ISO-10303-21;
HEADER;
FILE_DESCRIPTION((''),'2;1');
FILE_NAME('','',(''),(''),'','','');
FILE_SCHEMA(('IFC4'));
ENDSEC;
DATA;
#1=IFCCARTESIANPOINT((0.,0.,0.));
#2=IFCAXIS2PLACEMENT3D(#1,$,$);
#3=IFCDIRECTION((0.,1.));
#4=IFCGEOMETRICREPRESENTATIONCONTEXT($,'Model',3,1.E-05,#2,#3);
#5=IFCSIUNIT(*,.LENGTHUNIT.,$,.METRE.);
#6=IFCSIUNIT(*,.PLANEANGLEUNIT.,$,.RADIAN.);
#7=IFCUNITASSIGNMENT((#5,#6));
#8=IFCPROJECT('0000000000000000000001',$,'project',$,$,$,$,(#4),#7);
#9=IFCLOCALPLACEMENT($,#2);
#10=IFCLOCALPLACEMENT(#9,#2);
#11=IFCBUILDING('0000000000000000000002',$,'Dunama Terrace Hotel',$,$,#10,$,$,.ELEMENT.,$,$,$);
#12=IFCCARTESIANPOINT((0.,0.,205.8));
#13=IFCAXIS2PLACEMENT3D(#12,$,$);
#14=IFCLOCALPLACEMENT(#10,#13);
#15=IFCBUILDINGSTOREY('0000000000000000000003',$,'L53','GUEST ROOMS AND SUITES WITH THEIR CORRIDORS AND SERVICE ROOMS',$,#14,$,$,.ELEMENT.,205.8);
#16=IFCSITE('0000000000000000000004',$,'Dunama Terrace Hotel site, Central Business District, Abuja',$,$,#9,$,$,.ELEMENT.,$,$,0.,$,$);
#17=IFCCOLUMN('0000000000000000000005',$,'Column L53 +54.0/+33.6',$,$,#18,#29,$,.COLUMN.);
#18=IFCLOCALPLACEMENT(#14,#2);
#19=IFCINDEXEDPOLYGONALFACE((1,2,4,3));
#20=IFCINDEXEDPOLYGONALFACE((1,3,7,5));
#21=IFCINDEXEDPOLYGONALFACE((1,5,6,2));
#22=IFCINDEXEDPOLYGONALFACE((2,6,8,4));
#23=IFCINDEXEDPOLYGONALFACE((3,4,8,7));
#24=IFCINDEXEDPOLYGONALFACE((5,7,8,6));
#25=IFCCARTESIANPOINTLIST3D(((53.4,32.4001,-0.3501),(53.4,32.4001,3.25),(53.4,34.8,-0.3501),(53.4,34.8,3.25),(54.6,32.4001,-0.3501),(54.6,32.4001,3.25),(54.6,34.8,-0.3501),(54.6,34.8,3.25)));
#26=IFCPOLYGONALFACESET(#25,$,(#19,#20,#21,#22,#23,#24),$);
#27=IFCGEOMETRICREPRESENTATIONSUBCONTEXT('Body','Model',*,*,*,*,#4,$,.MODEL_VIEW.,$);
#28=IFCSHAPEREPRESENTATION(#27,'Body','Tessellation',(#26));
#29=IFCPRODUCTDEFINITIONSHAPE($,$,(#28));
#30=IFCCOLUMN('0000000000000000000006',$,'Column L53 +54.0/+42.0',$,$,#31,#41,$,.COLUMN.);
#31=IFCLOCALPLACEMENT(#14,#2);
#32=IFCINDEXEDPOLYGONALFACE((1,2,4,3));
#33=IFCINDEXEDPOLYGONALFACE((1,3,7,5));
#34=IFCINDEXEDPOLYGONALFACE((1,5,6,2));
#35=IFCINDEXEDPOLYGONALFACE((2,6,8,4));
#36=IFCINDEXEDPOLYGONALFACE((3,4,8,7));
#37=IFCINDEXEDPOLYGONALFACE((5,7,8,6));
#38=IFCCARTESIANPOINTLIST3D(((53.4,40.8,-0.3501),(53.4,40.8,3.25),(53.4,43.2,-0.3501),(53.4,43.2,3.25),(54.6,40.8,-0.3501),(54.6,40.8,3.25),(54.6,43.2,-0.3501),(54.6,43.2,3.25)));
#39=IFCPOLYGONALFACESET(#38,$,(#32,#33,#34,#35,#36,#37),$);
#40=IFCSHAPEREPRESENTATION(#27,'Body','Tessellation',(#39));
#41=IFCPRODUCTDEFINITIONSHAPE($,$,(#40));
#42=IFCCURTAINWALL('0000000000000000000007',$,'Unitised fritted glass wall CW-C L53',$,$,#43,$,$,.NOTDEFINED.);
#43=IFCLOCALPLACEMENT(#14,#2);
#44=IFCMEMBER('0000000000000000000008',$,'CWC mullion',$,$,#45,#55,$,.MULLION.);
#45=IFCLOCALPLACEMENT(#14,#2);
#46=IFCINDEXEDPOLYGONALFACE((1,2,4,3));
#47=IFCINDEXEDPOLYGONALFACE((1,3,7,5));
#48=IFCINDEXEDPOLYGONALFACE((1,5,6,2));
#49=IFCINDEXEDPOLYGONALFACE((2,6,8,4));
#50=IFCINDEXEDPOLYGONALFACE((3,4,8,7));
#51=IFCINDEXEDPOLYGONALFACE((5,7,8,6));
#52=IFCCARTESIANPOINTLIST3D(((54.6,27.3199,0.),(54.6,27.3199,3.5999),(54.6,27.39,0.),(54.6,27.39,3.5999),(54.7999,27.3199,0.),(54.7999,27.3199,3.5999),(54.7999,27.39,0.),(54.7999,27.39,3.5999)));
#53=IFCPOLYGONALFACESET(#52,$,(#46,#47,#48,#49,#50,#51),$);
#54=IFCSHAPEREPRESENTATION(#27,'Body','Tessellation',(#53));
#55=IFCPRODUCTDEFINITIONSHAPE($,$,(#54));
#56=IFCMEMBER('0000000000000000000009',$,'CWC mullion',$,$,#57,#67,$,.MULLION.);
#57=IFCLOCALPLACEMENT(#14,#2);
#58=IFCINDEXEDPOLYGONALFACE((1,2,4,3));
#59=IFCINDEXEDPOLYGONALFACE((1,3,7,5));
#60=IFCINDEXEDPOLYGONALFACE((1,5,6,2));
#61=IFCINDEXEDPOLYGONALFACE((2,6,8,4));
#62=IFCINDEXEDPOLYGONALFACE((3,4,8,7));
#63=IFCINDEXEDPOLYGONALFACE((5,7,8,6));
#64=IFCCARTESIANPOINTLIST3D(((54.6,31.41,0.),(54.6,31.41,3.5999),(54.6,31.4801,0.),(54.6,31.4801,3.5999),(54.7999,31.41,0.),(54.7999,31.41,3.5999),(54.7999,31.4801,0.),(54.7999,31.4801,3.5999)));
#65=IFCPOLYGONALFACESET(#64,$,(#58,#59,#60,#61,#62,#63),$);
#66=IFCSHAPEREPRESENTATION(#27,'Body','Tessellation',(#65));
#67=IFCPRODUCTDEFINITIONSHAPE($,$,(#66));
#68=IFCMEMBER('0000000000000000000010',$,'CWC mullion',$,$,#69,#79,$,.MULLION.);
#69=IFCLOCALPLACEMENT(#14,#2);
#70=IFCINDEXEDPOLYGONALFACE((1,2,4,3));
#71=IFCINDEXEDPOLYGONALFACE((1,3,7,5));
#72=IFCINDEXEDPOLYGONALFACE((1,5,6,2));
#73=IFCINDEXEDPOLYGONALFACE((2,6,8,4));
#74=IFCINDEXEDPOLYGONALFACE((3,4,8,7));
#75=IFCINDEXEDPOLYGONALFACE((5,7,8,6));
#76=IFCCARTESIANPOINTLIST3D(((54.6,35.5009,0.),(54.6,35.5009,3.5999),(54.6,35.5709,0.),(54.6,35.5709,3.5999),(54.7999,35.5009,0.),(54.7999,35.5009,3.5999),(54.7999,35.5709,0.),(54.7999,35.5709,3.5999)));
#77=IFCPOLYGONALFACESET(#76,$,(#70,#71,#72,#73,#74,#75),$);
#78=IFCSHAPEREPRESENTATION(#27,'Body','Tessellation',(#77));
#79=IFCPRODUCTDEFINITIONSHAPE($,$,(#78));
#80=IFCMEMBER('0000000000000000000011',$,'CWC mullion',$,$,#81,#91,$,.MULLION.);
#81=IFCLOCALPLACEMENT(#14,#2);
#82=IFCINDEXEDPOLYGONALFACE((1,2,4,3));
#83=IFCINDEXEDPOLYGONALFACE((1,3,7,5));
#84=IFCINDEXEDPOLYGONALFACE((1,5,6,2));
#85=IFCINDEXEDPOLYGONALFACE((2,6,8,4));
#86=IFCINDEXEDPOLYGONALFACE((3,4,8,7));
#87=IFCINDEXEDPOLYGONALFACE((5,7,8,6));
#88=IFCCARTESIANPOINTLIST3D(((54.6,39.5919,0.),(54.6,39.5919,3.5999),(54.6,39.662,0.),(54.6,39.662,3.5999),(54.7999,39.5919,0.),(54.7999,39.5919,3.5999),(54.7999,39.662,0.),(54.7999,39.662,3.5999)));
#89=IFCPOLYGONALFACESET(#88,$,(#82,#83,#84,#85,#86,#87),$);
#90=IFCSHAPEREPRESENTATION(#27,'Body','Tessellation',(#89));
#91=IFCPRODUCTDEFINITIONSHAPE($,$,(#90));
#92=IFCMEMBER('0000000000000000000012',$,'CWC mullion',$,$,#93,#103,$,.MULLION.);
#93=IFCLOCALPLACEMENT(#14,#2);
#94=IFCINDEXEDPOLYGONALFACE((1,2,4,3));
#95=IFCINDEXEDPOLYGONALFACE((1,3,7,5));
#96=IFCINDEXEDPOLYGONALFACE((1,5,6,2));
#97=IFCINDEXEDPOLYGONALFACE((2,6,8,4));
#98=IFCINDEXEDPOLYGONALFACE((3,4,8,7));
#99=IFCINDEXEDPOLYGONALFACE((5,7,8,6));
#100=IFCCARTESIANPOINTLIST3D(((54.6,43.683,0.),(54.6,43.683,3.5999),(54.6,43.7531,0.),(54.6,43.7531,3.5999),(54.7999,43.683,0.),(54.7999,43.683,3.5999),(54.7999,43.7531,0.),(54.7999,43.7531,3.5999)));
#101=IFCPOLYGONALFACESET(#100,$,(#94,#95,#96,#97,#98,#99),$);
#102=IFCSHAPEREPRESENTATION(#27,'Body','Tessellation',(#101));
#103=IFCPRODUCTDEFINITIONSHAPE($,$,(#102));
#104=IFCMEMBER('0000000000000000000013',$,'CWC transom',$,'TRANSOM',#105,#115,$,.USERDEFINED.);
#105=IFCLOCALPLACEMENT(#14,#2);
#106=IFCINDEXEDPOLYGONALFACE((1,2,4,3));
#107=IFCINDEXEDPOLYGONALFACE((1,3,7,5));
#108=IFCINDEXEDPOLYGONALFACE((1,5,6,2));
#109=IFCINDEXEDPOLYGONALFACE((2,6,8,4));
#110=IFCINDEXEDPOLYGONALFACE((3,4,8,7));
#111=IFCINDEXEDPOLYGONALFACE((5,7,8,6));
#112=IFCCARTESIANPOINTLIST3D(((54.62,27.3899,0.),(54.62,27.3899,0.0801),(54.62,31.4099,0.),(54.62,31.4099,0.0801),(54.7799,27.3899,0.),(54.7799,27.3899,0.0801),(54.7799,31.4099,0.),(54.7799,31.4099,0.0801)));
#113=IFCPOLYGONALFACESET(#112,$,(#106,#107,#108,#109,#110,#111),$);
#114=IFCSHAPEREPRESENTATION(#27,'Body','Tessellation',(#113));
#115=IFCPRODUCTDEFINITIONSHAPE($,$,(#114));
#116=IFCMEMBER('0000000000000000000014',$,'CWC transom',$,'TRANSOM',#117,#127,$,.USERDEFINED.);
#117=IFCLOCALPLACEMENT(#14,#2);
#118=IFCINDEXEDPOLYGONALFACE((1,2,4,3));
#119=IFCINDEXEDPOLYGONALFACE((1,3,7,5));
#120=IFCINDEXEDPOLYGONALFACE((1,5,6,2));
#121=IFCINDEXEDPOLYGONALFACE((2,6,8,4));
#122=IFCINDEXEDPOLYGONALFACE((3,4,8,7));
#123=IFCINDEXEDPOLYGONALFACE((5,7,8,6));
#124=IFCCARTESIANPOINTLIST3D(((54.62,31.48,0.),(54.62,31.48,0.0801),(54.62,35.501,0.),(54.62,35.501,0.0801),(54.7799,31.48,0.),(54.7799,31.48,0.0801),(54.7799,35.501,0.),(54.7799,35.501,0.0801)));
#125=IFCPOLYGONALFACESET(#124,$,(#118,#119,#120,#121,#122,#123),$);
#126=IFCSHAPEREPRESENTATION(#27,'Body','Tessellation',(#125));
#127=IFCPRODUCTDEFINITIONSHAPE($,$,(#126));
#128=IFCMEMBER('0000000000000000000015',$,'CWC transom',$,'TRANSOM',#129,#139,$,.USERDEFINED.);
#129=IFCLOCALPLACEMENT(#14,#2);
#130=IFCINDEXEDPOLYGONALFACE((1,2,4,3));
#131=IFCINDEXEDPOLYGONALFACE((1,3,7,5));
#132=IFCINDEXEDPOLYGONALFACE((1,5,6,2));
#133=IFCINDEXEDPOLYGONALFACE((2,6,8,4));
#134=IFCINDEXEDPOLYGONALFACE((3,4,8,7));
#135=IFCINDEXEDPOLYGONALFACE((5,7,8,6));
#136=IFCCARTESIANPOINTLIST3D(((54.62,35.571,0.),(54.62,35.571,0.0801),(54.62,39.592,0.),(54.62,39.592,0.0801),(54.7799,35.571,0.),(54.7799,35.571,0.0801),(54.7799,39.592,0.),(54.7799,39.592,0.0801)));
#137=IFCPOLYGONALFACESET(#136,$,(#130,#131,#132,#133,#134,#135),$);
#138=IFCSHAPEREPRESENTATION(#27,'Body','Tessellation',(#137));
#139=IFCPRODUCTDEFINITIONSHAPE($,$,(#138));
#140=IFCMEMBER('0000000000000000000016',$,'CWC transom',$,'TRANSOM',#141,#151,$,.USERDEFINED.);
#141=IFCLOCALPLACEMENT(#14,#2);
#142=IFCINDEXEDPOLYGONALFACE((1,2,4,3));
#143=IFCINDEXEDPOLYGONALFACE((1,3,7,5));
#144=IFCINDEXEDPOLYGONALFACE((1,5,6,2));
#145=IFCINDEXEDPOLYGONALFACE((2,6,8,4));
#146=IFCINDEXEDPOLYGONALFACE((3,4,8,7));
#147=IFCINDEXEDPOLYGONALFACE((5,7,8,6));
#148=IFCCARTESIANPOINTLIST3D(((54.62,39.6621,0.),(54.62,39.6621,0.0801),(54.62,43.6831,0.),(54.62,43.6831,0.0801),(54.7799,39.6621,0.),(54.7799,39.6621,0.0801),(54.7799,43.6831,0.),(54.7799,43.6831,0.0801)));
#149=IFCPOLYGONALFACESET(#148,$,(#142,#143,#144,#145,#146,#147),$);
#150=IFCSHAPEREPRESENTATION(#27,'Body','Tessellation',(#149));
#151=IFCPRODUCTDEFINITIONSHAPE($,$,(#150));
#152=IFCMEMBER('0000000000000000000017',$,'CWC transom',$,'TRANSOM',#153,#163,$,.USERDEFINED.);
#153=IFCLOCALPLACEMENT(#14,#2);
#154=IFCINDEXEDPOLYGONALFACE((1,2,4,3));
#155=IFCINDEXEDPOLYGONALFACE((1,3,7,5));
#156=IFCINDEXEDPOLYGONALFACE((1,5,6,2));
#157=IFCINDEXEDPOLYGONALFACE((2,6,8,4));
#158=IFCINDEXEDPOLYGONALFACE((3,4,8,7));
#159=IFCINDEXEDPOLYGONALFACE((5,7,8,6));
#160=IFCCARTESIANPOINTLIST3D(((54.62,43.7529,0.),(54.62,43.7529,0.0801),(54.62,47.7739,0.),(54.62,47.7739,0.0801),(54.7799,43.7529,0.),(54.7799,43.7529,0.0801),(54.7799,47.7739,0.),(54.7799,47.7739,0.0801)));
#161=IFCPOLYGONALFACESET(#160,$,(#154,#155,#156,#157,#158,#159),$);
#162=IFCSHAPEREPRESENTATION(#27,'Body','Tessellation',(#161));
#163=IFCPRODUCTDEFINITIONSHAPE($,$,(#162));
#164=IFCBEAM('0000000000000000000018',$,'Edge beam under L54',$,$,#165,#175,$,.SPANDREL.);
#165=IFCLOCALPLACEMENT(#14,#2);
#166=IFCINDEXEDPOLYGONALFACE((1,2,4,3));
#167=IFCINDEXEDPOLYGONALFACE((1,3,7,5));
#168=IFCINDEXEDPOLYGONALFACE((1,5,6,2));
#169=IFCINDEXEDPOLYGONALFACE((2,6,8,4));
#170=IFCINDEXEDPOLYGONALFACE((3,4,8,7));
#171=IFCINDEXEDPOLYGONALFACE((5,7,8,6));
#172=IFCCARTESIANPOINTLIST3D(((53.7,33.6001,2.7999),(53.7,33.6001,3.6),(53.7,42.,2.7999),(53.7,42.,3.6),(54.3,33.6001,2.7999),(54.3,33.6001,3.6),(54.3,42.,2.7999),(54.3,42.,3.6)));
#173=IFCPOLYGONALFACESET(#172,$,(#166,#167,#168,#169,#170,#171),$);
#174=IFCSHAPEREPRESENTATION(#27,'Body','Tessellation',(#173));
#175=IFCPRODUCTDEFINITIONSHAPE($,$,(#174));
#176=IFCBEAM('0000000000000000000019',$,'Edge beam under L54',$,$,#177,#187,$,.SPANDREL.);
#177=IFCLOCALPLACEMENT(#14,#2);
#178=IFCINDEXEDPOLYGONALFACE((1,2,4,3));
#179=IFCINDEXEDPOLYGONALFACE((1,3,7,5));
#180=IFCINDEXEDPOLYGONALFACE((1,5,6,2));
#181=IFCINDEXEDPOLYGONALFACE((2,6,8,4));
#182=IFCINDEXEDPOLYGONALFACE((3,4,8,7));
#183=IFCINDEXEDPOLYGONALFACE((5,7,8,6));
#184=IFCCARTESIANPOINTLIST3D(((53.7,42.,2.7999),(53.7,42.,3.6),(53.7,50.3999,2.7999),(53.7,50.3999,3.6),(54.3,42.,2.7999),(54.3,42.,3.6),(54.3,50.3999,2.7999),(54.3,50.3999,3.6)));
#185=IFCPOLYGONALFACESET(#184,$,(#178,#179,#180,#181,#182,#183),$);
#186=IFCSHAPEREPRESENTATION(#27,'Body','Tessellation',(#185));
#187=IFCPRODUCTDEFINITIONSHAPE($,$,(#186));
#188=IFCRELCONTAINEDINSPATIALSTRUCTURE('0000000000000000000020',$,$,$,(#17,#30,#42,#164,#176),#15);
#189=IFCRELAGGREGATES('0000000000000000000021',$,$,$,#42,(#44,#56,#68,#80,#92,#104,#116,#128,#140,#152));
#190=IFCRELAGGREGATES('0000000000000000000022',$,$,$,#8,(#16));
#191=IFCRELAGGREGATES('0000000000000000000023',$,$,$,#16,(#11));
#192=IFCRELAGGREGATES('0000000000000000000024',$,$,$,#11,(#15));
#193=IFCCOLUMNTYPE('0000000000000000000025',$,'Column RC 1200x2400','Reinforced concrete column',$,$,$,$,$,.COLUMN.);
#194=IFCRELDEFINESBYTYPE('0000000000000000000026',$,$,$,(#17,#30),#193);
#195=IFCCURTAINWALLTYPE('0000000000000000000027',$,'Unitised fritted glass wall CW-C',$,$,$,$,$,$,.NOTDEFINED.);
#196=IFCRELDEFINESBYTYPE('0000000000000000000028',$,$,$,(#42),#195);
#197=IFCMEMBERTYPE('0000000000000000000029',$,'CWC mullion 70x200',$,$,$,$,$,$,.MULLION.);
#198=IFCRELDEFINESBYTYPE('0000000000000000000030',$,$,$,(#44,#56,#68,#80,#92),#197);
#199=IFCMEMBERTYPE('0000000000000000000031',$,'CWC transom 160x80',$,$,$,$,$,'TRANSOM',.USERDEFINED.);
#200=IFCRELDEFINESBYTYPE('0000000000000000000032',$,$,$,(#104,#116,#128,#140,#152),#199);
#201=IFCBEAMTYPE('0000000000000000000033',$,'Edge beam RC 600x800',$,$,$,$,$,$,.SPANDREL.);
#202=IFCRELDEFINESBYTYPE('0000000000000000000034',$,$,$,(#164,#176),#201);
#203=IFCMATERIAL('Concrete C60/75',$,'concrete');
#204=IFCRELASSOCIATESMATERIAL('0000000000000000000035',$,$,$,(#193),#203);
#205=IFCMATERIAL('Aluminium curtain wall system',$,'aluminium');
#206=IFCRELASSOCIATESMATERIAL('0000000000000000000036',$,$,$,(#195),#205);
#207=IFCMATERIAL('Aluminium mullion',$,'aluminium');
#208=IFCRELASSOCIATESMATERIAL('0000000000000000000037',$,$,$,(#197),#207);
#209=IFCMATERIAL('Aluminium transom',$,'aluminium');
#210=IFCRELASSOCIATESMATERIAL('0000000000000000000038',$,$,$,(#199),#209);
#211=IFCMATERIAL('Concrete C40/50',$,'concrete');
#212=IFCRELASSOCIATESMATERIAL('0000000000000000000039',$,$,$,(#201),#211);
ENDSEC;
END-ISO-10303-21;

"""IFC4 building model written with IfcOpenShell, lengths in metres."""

from ifc_helpers import new_model, si_unit, direction, frame, origin, origin_2d, place, context, subcontext, project, spatial, rectangle, extrude, material, material_profile, profile_set, type_object, element, aggregate, save


model = new_model("IFC4")

# Units and contexts
model_context = context("Model", 3, precision=1e-05, world=origin(), true_north=direction((0.0, 1.0)))
body_context = subcontext(model_context, "Body", "Model", "MODEL_VIEW")
ifc_project = project(units=[si_unit("LENGTHUNIT", "METRE"), si_unit("PLANEANGLEUNIT", "RADIAN")], contexts=[model_context])

# Site, building, storey
site_placement = place(None, origin())
site = spatial("IfcSite", under=ifc_project, at=site_placement, Name="Dunama Terrace Hotel site, Central Business District, Abuja", CompositionType="ELEMENT", RefElevation=0.0)
building_placement = place(site_placement, origin())
building = spatial("IfcBuilding", under=site, at=building_placement, Name="Dunama Terrace Hotel", CompositionType="ELEMENT")
storey_placement = place(building_placement, frame((0.0, 0.0, 205.8)))
storey = spatial("IfcBuildingStorey", under=building, at=storey_placement, Name="L53", Description="GUEST ROOMS AND SUITES WITH THEIR CORRIDORS AND SERVICE ROOMS", CompositionType="ELEMENT", Elevation=205.8)

# Columns
ifc_material_1 = material(Name="Concrete C60/75", Category="concrete")
ifc_material_profile_1 = material_profile(ifc_material_1, rectangle(XDim=1.2, YDim=2.3999, at=origin_2d()), Name="RC 1200x2400")
ifc_profile_set_1 = profile_set([ifc_material_profile_1], Name="Concrete C60/75")
column_type = type_object("IfcColumnType", Name="Column RC 1200x2400", Description="Reinforced concrete column", PredefinedType="COLUMN", material=ifc_profile_set_1)
for number, where, z_axis, x_axis, name in (
    (1, (54.0, 33.6001, -0.3501), (0.0, 0.0, 1.0), (1.0, 0.0, 0.0), "Column L53 +54.0/+33.6"),
    (2, (54.0, 42.0, -0.3501), (0.0, 0.0, 1.0), (1.0, 0.0, 0.0), "Column L53 +54.0/+42.0"),
):
    element("IfcColumn", number, at=place(storey_placement, frame(where, z_axis=z_axis, x_axis=x_axis)), inside=storey, type_object=column_type, Name=name, PredefinedType="COLUMN", context=body_context, shape_type="SweptSolid", body=[
        extrude(rectangle(XDim=1.2, YDim=2.3999, at=origin_2d()), origin(), (0.0, 0.0, 1.0), 3.6001),
    ])

# Curtain wall, members
ifc_material_2 = material(Name="Aluminium curtain wall system", Category="aluminium")
curtain_wall_type = type_object("IfcCurtainWallType", Name="Unitised fritted glass wall CW-C", PredefinedType="NOTDEFINED", material=ifc_material_2)
curtain_wall_placement = place(storey_placement, origin())
curtain_wall = element("IfcCurtainWall", 3, at=curtain_wall_placement, inside=storey, type_object=curtain_wall_type, Name="Unitised fritted glass wall CW-C L53", PredefinedType="NOTDEFINED")
ifc_material_3 = material(Name="Aluminium mullion", Category="aluminium")
ifc_material_profile_2 = material_profile(ifc_material_3, rectangle(XDim=0.0701, YDim=0.2, at=origin_2d()), Name="CWC MULLION 70X200")
ifc_profile_set_2 = profile_set([ifc_material_profile_2], Name="Aluminium mullion")
member_type_1 = type_object("IfcMemberType", Name="CWC mullion 70x200", PredefinedType="MULLION", material=ifc_profile_set_2)
member_1_placement = place(storey_placement, frame((54.7, 27.355, 0.0), z_axis=(0.0, 0.0, 1.0), x_axis=(0.0, 1.0, 0.0)))
member_1 = element("IfcMember", 4, at=member_1_placement, type_object=member_type_1, Name="CWC mullion", PredefinedType="MULLION", context=body_context, shape_type="SweptSolid", body=[
    extrude(rectangle(XDim=0.0701, YDim=0.2, at=origin_2d()), origin(), (0.0, 0.0, 1.0), 3.5999),
])
member_2_placement = place(storey_placement, frame((54.7, 31.4451, 0.0), z_axis=(0.0, 0.0, 1.0), x_axis=(0.0, 1.0, 0.0)))
member_2 = element("IfcMember", 5, at=member_2_placement, type_object=member_type_1, Name="CWC mullion", PredefinedType="MULLION", context=body_context, shape_type="SweptSolid", body=[
    extrude(rectangle(XDim=0.0701, YDim=0.2, at=origin_2d()), origin(), (0.0, 0.0, 1.0), 3.5999),
])
member_3_placement = place(storey_placement, frame((54.7, 35.5359, 0.0), z_axis=(0.0, 0.0, 1.0), x_axis=(0.0, 1.0, 0.0)))
member_3 = element("IfcMember", 6, at=member_3_placement, type_object=member_type_1, Name="CWC mullion", PredefinedType="MULLION", context=body_context, shape_type="SweptSolid", body=[
    extrude(rectangle(XDim=0.0701, YDim=0.2, at=origin_2d()), origin(), (0.0, 0.0, 1.0), 3.5999),
])
member_4_placement = place(storey_placement, frame((54.7, 39.627, 0.0), z_axis=(0.0, 0.0, 1.0), x_axis=(0.0, 1.0, 0.0)))
member_4 = element("IfcMember", 7, at=member_4_placement, type_object=member_type_1, Name="CWC mullion", PredefinedType="MULLION", context=body_context, shape_type="SweptSolid", body=[
    extrude(rectangle(XDim=0.0701, YDim=0.2, at=origin_2d()), origin(), (0.0, 0.0, 1.0), 3.5999),
])
member_5_placement = place(storey_placement, frame((54.7, 43.718, 0.0), z_axis=(0.0, 0.0, 1.0), x_axis=(0.0, 1.0, 0.0)))
member_5 = element("IfcMember", 8, at=member_5_placement, type_object=member_type_1, Name="CWC mullion", PredefinedType="MULLION", context=body_context, shape_type="SweptSolid", body=[
    extrude(rectangle(XDim=0.0701, YDim=0.2, at=origin_2d()), origin(), (0.0, 0.0, 1.0), 3.5999),
])
ifc_material_4 = material(Name="Aluminium transom", Category="aluminium")
ifc_material_profile_3 = material_profile(ifc_material_4, rectangle(XDim=0.1599, YDim=0.0801, at=origin_2d()), Name="CWC TRANSOM 160X80")
ifc_profile_set_3 = profile_set([ifc_material_profile_3], Name="Aluminium transom")
member_type_2 = type_object("IfcMemberType", Name="CWC transom 160x80", ElementType="TRANSOM", PredefinedType="USERDEFINED", material=ifc_profile_set_3)
member_6_placement = place(storey_placement, frame((54.7, 27.3899, 0.04), z_axis=(0.0, 1.0, 0.0), x_axis=(-1.0, 0.0, 0.0)))
member_6 = element("IfcMember", 9, at=member_6_placement, type_object=member_type_2, Name="CWC transom", ObjectType="TRANSOM", PredefinedType="USERDEFINED", context=body_context, shape_type="SweptSolid", body=[
    extrude(rectangle(XDim=0.1599, YDim=0.0801, at=origin_2d()), origin(), (0.0, 0.0, 1.0), 4.02),
])
member_7_placement = place(storey_placement, frame((54.7, 31.48, 0.04), z_axis=(0.0, 1.0, 0.0), x_axis=(-1.0, 0.0, 0.0)))
member_7 = element("IfcMember", 10, at=member_7_placement, type_object=member_type_2, Name="CWC transom", ObjectType="TRANSOM", PredefinedType="USERDEFINED", context=body_context, shape_type="SweptSolid", body=[
    extrude(rectangle(XDim=0.1599, YDim=0.0801, at=origin_2d()), origin(), (0.0, 0.0, 1.0), 4.021),
])
member_8_placement = place(storey_placement, frame((54.7, 35.571, 0.04), z_axis=(0.0, 1.0, 0.0), x_axis=(-1.0, 0.0, 0.0)))
member_8 = element("IfcMember", 11, at=member_8_placement, type_object=member_type_2, Name="CWC transom", ObjectType="TRANSOM", PredefinedType="USERDEFINED", context=body_context, shape_type="SweptSolid", body=[
    extrude(rectangle(XDim=0.1599, YDim=0.0801, at=origin_2d()), origin(), (0.0, 0.0, 1.0), 4.021),
])
member_9_placement = place(storey_placement, frame((54.7, 39.6621, 0.04), z_axis=(0.0, 1.0, 0.0), x_axis=(-1.0, 0.0, 0.0)))
member_9 = element("IfcMember", 12, at=member_9_placement, type_object=member_type_2, Name="CWC transom", ObjectType="TRANSOM", PredefinedType="USERDEFINED", context=body_context, shape_type="SweptSolid", body=[
    extrude(rectangle(XDim=0.1599, YDim=0.0801, at=origin_2d()), origin(), (0.0, 0.0, 1.0), 4.021),
])
member_10_placement = place(storey_placement, frame((54.7, 43.7529, 0.04), z_axis=(0.0, 1.0, 0.0), x_axis=(-1.0, 0.0, 0.0)))
member_10 = element("IfcMember", 13, at=member_10_placement, type_object=member_type_2, Name="CWC transom", ObjectType="TRANSOM", PredefinedType="USERDEFINED", context=body_context, shape_type="SweptSolid", body=[
    extrude(rectangle(XDim=0.1599, YDim=0.0801, at=origin_2d()), origin(), (0.0, 0.0, 1.0), 4.021),
])

# Beams
ifc_material_5 = material(Name="Concrete C40/50", Category="concrete")
ifc_material_profile_4 = material_profile(ifc_material_5, rectangle(XDim=0.6001, YDim=0.8, at=origin_2d()), Name="RC 600x800")
ifc_profile_set_4 = profile_set([ifc_material_profile_4], Name="Concrete C40/50")
beam_type = type_object("IfcBeamType", Name="Edge beam RC 600x800", PredefinedType="SPANDREL", material=ifc_profile_set_4)
for number, where, z_axis, x_axis, name in (
    (14, (54.0, 33.6001, 3.2), (0.0, 1.0, 0.0), (-1.0, 0.0, 0.0), "Edge beam under L54"),
    (15, (54.0, 42.0, 3.2), (0.0, 1.0, 0.0), (-1.0, 0.0, 0.0), "Edge beam under L54"),
):
    element("IfcBeam", number, at=place(storey_placement, frame(where, z_axis=z_axis, x_axis=x_axis)), inside=storey, type_object=beam_type, Name=name, PredefinedType="SPANDREL", context=body_context, shape_type="SweptSolid", body=[
        extrude(rectangle(XDim=0.6001, YDim=0.8, at=origin_2d()), origin(), (0.0, 0.0, 1.0), 8.3999),
    ])

aggregate(curtain_wall, [member_1, member_2, member_3, member_4, member_5, member_6, member_7, member_8, member_9, member_10])

save(model, "model.ifc")
